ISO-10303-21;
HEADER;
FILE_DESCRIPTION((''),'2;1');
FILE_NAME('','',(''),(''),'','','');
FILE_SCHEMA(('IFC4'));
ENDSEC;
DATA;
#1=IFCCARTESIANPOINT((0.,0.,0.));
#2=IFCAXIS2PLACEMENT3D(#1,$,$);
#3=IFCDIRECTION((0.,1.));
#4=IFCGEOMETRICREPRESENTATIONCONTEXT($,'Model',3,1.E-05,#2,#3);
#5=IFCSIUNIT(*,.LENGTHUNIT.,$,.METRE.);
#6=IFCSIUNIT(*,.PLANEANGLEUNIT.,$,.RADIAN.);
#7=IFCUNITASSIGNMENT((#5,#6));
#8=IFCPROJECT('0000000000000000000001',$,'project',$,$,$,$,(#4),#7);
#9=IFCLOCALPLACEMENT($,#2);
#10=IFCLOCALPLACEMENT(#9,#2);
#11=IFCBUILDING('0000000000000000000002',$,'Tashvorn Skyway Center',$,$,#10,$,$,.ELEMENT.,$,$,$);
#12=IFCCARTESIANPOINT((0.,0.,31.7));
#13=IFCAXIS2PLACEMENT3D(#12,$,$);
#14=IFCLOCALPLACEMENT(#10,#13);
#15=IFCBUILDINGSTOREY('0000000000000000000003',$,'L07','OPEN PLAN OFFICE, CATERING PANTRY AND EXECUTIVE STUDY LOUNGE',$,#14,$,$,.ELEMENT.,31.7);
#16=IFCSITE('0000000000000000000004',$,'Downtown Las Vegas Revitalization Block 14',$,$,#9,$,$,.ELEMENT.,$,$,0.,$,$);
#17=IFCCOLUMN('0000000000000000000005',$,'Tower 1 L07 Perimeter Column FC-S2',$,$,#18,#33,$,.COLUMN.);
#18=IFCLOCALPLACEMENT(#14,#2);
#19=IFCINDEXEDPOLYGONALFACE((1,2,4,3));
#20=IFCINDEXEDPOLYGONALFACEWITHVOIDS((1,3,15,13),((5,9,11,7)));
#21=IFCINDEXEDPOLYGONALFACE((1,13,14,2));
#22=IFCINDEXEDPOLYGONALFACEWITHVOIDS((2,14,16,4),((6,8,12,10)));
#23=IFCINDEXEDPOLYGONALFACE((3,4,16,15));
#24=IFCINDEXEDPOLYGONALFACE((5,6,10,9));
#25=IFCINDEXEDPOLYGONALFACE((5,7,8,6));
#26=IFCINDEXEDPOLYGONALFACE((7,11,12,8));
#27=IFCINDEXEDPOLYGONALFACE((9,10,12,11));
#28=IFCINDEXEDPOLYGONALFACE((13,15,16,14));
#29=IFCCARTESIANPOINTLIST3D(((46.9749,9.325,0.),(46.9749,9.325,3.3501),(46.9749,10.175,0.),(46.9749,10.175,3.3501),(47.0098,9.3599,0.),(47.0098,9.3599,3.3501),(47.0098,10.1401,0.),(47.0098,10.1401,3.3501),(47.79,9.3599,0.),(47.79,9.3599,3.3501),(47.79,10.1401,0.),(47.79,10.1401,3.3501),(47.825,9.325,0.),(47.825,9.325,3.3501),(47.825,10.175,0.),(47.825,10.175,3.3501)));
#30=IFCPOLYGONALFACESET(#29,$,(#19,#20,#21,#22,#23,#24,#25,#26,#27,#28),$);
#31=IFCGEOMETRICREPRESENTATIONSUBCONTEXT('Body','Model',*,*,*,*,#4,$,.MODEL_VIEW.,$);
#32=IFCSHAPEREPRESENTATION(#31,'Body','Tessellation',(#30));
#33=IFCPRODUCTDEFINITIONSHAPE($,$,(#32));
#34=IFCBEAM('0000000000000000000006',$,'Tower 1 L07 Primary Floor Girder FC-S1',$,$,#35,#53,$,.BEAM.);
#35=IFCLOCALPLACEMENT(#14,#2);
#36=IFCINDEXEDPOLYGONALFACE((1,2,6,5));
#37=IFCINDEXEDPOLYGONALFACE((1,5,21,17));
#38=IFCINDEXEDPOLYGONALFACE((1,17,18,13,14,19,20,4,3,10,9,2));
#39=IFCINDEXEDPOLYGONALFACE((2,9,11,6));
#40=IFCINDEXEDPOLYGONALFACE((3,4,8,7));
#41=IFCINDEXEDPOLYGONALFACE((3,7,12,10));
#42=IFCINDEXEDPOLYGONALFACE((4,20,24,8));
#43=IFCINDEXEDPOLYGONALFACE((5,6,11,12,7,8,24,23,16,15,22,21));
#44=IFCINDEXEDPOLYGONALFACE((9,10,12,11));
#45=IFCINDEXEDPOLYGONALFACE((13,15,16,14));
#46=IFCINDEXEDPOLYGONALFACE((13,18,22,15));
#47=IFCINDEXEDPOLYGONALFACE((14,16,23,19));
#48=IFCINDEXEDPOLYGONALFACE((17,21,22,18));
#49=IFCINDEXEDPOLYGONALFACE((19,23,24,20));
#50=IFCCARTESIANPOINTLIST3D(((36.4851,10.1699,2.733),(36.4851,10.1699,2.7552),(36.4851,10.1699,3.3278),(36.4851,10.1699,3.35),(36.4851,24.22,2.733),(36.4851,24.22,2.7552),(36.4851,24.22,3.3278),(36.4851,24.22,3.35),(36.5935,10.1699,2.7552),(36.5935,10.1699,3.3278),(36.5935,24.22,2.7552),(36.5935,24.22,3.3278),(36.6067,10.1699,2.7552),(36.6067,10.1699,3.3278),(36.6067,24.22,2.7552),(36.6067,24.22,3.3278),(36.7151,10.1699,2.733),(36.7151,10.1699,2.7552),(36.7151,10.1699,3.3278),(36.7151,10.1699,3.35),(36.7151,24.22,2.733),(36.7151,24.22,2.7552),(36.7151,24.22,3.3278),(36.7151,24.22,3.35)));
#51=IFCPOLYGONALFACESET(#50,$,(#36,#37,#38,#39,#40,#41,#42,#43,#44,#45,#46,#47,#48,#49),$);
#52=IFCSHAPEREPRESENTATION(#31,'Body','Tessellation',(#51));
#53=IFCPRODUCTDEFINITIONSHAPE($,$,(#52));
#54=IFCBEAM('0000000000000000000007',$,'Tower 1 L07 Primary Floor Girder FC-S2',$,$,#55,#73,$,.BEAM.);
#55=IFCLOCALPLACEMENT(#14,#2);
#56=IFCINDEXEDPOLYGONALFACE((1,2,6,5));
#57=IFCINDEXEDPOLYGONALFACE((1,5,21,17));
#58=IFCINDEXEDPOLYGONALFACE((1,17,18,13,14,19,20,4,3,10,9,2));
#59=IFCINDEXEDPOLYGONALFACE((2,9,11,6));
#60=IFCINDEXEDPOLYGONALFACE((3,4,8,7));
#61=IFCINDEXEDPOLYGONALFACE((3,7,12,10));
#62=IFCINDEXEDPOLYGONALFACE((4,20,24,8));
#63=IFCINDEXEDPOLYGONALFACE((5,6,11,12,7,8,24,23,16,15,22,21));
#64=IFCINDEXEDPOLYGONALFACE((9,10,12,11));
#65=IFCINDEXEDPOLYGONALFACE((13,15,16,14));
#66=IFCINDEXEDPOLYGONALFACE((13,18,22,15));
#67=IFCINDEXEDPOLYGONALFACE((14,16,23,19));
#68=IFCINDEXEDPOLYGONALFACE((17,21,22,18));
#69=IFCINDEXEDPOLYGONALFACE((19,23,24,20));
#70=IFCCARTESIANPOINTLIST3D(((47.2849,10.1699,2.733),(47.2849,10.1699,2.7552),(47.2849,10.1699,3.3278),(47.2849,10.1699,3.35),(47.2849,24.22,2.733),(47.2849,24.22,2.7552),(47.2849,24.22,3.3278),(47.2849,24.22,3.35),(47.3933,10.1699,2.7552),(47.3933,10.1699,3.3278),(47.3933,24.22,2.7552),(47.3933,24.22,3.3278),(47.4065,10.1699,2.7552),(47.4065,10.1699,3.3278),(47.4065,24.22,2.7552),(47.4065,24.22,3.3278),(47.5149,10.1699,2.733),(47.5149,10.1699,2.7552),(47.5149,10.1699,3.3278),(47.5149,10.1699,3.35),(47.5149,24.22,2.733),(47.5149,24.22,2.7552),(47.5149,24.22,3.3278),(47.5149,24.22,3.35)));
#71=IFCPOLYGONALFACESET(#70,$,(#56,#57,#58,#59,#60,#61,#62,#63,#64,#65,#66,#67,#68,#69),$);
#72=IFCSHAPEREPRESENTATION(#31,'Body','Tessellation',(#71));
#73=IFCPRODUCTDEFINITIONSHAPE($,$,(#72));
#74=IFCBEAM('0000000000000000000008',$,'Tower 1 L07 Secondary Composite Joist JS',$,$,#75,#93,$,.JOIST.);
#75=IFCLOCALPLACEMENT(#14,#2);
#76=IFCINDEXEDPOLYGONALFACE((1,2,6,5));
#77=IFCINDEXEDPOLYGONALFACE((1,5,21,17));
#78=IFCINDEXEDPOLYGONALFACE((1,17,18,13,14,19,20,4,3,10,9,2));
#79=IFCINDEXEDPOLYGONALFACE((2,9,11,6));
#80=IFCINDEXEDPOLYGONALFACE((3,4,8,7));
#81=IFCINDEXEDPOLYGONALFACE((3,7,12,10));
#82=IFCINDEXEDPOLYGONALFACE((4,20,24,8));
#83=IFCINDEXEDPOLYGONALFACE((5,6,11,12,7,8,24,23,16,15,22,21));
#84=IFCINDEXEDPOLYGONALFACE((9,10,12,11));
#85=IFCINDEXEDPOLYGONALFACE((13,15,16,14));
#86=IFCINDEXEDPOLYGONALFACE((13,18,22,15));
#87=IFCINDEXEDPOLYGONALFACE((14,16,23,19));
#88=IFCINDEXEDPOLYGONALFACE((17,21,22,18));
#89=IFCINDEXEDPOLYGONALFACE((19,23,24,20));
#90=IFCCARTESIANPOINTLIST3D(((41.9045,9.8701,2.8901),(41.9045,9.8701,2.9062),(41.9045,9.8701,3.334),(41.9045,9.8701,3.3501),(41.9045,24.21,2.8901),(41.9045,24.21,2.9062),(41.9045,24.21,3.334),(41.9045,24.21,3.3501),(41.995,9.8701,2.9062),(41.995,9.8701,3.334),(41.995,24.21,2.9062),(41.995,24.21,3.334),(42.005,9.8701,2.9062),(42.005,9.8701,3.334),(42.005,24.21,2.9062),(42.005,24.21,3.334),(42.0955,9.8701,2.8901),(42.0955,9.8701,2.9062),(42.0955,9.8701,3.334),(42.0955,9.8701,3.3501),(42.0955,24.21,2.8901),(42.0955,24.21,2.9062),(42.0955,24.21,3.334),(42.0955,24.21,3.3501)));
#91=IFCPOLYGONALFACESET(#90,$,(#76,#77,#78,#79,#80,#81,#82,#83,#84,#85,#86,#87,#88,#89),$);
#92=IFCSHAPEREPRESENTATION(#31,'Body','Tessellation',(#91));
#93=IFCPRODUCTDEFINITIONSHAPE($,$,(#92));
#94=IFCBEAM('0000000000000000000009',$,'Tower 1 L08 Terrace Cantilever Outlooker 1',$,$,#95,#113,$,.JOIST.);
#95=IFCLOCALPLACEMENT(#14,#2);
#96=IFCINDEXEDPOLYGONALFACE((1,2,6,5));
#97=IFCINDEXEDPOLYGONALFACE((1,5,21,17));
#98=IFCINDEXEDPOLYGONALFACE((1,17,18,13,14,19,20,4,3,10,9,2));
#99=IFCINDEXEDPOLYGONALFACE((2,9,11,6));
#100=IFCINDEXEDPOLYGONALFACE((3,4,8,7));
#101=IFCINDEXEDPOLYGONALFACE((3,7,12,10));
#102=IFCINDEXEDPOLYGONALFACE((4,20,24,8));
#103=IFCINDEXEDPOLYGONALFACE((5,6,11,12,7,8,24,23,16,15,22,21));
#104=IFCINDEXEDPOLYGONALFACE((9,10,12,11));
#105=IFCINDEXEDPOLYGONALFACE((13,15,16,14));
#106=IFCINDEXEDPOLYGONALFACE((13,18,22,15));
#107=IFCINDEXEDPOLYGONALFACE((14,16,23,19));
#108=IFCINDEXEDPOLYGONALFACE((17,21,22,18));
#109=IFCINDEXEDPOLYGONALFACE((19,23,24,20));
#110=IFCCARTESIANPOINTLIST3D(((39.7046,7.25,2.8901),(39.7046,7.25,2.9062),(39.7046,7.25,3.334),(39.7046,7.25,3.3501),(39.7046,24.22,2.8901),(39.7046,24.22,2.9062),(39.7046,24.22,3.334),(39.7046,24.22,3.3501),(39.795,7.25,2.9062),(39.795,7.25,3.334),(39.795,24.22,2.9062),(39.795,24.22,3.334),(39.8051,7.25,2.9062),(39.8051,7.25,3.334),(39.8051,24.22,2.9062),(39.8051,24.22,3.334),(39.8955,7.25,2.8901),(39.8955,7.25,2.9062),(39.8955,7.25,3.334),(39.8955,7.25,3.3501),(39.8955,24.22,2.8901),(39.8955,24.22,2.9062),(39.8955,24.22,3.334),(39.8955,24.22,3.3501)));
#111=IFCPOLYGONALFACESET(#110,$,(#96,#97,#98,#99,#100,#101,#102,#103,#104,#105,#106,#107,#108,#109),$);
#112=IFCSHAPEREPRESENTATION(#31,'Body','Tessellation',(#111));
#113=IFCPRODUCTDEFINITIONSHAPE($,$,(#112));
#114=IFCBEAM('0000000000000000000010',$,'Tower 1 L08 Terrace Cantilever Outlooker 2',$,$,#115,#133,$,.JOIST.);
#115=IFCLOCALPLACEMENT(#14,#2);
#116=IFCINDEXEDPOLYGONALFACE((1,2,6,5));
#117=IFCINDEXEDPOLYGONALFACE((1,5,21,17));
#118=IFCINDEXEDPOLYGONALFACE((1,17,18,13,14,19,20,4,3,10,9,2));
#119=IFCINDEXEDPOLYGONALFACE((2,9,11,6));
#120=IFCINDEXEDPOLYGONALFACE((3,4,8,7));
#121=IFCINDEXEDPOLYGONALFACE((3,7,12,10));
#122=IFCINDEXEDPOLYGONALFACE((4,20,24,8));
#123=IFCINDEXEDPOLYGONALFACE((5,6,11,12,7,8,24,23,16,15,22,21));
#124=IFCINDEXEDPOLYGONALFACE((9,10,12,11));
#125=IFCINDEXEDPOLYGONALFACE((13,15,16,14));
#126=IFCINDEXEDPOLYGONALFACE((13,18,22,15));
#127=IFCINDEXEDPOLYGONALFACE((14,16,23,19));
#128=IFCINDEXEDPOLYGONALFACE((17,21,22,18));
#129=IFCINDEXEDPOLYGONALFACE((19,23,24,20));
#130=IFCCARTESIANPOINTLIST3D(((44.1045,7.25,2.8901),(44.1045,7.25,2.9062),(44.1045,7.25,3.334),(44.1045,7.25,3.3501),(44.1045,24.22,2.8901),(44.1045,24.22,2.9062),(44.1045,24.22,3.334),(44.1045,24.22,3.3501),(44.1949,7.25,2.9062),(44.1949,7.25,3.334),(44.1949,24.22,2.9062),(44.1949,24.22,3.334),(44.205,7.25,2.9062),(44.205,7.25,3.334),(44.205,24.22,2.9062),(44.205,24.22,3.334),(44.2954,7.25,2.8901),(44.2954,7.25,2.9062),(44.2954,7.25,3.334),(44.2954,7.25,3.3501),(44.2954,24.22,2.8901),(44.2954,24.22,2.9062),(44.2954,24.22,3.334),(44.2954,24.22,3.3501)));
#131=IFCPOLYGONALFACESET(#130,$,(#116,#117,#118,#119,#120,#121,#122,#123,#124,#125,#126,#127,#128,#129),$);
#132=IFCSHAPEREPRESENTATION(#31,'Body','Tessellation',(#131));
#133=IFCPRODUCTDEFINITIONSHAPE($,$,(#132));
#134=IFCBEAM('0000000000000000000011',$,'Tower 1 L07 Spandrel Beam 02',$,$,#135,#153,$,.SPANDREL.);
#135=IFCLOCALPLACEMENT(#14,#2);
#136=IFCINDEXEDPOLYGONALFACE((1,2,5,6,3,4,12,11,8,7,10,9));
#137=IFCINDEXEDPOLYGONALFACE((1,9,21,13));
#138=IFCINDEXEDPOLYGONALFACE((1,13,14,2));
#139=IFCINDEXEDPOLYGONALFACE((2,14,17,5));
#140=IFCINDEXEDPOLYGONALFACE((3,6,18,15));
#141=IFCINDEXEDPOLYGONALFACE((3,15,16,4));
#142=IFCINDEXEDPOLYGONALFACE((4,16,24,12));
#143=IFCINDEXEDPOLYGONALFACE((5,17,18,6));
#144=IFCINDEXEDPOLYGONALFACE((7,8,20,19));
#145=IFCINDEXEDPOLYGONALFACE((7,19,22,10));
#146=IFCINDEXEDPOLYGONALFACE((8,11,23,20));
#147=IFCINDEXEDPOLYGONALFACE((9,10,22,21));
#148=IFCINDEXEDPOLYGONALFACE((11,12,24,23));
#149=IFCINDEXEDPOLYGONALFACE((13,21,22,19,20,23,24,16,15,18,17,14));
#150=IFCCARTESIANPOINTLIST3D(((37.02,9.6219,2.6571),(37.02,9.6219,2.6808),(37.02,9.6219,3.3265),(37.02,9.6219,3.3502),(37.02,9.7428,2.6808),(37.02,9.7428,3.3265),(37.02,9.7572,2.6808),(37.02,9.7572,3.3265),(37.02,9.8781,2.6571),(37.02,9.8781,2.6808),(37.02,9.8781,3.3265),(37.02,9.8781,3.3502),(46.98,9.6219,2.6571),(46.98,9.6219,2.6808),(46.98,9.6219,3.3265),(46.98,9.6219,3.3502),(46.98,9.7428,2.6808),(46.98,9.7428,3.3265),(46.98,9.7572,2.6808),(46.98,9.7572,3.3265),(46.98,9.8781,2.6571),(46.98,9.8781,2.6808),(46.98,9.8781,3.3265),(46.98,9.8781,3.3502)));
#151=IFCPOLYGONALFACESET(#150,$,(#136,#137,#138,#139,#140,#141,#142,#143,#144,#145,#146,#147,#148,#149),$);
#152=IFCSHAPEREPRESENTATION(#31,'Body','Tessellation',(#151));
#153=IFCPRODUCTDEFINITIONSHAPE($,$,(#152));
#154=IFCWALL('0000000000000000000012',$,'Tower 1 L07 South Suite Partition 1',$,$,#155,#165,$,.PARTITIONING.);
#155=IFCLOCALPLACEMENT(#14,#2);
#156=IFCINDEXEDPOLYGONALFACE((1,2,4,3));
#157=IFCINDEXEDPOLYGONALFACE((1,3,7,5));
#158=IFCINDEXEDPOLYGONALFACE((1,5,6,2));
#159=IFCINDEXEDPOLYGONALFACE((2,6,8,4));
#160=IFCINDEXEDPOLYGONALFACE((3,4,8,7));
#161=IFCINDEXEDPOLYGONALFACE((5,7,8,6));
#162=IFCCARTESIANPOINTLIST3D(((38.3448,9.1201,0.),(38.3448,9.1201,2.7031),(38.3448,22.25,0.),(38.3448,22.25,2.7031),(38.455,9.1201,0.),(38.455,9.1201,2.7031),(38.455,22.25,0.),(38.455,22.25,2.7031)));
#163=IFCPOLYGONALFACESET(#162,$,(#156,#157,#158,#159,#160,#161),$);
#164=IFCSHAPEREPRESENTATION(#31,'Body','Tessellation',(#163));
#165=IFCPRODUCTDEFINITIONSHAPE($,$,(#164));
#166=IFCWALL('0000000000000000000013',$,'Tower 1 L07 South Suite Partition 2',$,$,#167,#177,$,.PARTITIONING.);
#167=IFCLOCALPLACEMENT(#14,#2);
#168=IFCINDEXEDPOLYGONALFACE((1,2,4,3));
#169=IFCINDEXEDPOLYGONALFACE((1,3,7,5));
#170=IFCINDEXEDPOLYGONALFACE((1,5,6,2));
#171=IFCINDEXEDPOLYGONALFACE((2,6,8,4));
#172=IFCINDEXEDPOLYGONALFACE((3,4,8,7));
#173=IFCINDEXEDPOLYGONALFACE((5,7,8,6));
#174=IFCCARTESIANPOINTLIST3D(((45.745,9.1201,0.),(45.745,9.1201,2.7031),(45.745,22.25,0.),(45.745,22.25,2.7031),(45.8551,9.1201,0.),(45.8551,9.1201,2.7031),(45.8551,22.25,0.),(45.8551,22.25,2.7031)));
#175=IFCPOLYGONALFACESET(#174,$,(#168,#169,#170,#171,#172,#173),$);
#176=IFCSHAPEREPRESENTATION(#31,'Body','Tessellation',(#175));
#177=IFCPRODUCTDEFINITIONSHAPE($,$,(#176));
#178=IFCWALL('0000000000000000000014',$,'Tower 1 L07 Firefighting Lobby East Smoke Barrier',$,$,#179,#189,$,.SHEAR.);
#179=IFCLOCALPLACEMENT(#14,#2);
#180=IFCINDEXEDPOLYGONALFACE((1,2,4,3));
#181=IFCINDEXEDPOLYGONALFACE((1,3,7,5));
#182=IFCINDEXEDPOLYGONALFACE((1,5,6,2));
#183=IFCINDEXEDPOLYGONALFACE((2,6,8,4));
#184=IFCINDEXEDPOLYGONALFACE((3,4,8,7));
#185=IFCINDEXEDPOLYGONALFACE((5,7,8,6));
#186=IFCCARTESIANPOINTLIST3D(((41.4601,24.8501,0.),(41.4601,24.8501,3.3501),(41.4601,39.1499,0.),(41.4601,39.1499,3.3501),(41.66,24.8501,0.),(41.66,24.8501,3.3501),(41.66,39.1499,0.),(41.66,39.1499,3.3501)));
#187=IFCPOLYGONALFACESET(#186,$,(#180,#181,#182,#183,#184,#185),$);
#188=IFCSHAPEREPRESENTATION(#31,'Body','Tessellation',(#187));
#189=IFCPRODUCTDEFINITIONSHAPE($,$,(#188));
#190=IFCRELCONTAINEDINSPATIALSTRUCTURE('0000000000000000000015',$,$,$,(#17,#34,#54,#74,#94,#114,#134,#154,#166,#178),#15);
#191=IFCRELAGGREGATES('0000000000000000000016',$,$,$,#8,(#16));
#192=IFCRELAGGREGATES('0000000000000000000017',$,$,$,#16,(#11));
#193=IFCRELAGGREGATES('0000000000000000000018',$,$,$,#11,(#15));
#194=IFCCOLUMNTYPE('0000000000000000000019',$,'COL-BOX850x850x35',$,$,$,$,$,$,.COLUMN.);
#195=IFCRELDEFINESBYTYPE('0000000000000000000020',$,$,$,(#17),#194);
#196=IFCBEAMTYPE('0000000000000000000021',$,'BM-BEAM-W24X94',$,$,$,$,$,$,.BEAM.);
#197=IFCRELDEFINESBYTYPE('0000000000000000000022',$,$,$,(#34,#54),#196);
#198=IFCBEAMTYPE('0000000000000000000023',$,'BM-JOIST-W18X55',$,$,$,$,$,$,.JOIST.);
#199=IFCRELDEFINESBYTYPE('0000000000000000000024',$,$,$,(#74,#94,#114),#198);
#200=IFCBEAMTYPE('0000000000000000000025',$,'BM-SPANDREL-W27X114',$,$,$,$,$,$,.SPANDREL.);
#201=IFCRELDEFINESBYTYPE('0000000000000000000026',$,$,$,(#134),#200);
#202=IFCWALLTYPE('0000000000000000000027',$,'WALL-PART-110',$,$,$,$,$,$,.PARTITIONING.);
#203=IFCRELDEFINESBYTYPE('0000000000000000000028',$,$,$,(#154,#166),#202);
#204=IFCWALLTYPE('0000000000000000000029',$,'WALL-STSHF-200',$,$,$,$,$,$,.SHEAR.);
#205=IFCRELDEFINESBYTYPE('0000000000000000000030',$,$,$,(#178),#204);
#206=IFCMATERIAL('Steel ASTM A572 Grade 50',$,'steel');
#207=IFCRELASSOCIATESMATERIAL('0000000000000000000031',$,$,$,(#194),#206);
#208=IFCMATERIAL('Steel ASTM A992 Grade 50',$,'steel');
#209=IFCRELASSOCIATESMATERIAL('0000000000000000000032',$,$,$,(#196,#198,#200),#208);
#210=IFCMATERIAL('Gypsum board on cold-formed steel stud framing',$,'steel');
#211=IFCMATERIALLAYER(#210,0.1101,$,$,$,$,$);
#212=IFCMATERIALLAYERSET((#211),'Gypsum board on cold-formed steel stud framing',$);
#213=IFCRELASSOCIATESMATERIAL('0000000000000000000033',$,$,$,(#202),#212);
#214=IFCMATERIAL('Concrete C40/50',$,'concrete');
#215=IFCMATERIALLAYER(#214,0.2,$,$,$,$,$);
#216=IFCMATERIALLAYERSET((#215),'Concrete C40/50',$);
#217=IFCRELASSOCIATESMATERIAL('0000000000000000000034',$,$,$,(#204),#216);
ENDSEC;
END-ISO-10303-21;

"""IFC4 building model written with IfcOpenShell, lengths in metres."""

from ifc_helpers import new_model, si_unit, direction, frame, frame_2d, origin, origin_2d, place, context, subcontext, project, spatial, rectangle, hollow_rectangle, i_section, extrude, material, layer, layer_set, material_profile, profile_set, type_object, element, save


model = new_model("IFC4")

# Units and contexts
model_context = context("Model", 3, precision=1e-05, world=origin(), true_north=direction((0.0, 1.0)))
body_context = subcontext(model_context, "Body", "Model", "MODEL_VIEW")
ifc_project = project(units=[si_unit("LENGTHUNIT", "METRE"), si_unit("PLANEANGLEUNIT", "RADIAN")], contexts=[model_context])

# Site, building, storey
site_placement = place(None, origin())
site = spatial("IfcSite", under=ifc_project, at=site_placement, Name="Downtown Las Vegas Revitalization Block 14", CompositionType="ELEMENT", RefElevation=0.0)
building_placement = place(site_placement, origin())
building = spatial("IfcBuilding", under=site, at=building_placement, Name="Tashvorn Skyway Center", CompositionType="ELEMENT")
storey_placement = place(building_placement, frame((0.0, 0.0, 31.7)))
storey = spatial("IfcBuildingStorey", under=building, at=storey_placement, Name="L07", Description="OPEN PLAN OFFICE, CATERING PANTRY AND EXECUTIVE STUDY LOUNGE", CompositionType="ELEMENT", Elevation=31.7)

# Column
ifc_material_1 = material(Name="Steel ASTM A572 Grade 50", Category="steel")
ifc_material_profile_1 = material_profile(ifc_material_1, hollow_rectangle(XDim=0.8501, YDim=0.8501, WallThickness=0.0349, at=origin_2d()), Name="BOX850x850x35")
ifc_profile_set_1 = profile_set([ifc_material_profile_1], Name="Steel ASTM A572 Grade 50")
column_type = type_object("IfcColumnType", Name="COL-BOX850x850x35", PredefinedType="COLUMN", material=ifc_profile_set_1)
column_placement = place(storey_placement, frame((47.3999, 9.75, 0.0), z_axis=(0.0, 0.0, 1.0), x_axis=(1.0, 0.0, 0.0)))
element("IfcColumn", 1, at=column_placement, inside=storey, type_object=column_type, Name="Tower 1 L07 Perimeter Column FC-S2", PredefinedType="COLUMN", context=body_context, shape_type="SweptSolid", body=[
    extrude(hollow_rectangle(XDim=0.8501, YDim=0.8501, WallThickness=0.0349, at=origin_2d()), origin(), (0.0, 0.0, 1.0), 3.3501),
])

# Beams
ifc_material_2 = material(Name="Steel ASTM A992 Grade 50", Category="steel")
ifc_material_profile_2 = material_profile(ifc_material_2, i_section(OverallWidth=0.23, OverallDepth=0.6169, WebThickness=0.0132, FlangeThickness=0.0222, at=origin_2d()), Name="W24X94")
ifc_profile_set_2 = profile_set([ifc_material_profile_2], Name="Steel ASTM A992 Grade 50")
beam_type_1 = type_object("IfcBeamType", Name="BM-BEAM-W24X94", PredefinedType="BEAM", material=ifc_profile_set_2)
for number, where, z_axis, x_axis, name in (
    (2, (36.6001, 10.1699, 3.0415), (0.0, 1.0, 0.0), (-1.0, 0.0, 0.0), "Tower 1 L07 Primary Floor Girder FC-S1"),
    (3, (47.3999, 10.1699, 3.0415), (0.0, 1.0, 0.0), (-1.0, 0.0, 0.0), "Tower 1 L07 Primary Floor Girder FC-S2"),
):
    element("IfcBeam", number, at=place(storey_placement, frame(where, z_axis=z_axis, x_axis=x_axis)), inside=storey, type_object=beam_type_1, Name=name, PredefinedType="BEAM", context=body_context, shape_type="SweptSolid", body=[
        extrude(i_section(OverallWidth=0.23, OverallDepth=0.6169, WebThickness=0.0132, FlangeThickness=0.0222, at=origin_2d()), origin(), (0.0, 0.0, 1.0), 14.05),
    ])
ifc_material_profile_3 = material_profile(ifc_material_2, i_section(OverallWidth=0.1909, OverallDepth=0.46, WebThickness=0.01, FlangeThickness=0.0161, at=origin_2d()), Name="W18X55")
ifc_profile_set_3 = profile_set([ifc_material_profile_3], Name="Steel ASTM A992 Grade 50")
beam_type_2 = type_object("IfcBeamType", Name="BM-JOIST-W18X55", PredefinedType="JOIST", material=ifc_profile_set_3)
beam_1_placement = place(storey_placement, frame((42.0, 24.21, 3.1201), z_axis=(0.0, -1.0, 0.0), x_axis=(1.0, 0.0, 0.0)))
element("IfcBeam", 4, at=beam_1_placement, inside=storey, type_object=beam_type_2, Name="Tower 1 L07 Secondary Composite Joist JS", PredefinedType="JOIST", context=body_context, shape_type="SweptSolid", body=[
    extrude(i_section(OverallWidth=0.1909, OverallDepth=0.46, WebThickness=0.01, FlangeThickness=0.0161, at=origin_2d()), origin(), (0.0, 0.0, 1.0), 14.3398),
])
for number, where, z_axis, x_axis, name in (
    (5, (39.8, 24.22, 3.1201), (0.0, -1.0, 0.0), (1.0, 0.0, 0.0), "Tower 1 L08 Terrace Cantilever Outlooker 1"),
    (6, (44.2, 24.22, 3.1201), (0.0, -1.0, 0.0), (1.0, 0.0, 0.0), "Tower 1 L08 Terrace Cantilever Outlooker 2"),
):
    element("IfcBeam", number, at=place(storey_placement, frame(where, z_axis=z_axis, x_axis=x_axis)), inside=storey, type_object=beam_type_2, Name=name, PredefinedType="JOIST", context=body_context, shape_type="SweptSolid", body=[
        extrude(i_section(OverallWidth=0.1909, OverallDepth=0.46, WebThickness=0.01, FlangeThickness=0.0161, at=origin_2d()), origin(), (0.0, 0.0, 1.0), 16.97),
    ])
ifc_material_profile_4 = material_profile(ifc_material_2, i_section(OverallWidth=0.2561, OverallDepth=0.6931, WebThickness=0.0144, FlangeThickness=0.0237, at=origin_2d()), Name="W27X114")
ifc_profile_set_4 = profile_set([ifc_material_profile_4], Name="Steel ASTM A992 Grade 50")
beam_type_3 = type_object("IfcBeamType", Name="BM-SPANDREL-W27X114", PredefinedType="SPANDREL", material=ifc_profile_set_4)
beam_2_placement = place(storey_placement, frame((37.02, 9.75, 3.0037), z_axis=(1.0, 0.0, 0.0), x_axis=(0.0, 1.0, 0.0)))
element("IfcBeam", 7, at=beam_2_placement, inside=storey, type_object=beam_type_3, Name="Tower 1 L07 Spandrel Beam 02", PredefinedType="SPANDREL", context=body_context, shape_type="SweptSolid", body=[
    extrude(i_section(OverallWidth=0.2561, OverallDepth=0.6931, WebThickness=0.0144, FlangeThickness=0.0237, at=origin_2d()), origin(), (0.0, 0.0, 1.0), 9.96),
])

# Walls
ifc_material_3 = material(Name="Gypsum board on cold-formed steel stud framing", Category="steel")
ifc_layer_1 = layer(ifc_material_3, 0.1101)
ifc_layer_set_1 = layer_set([ifc_layer_1], Name="Gypsum board on cold-formed steel stud framing")
wall_type_1 = type_object("IfcWallType", Name="WALL-PART-110", PredefinedType="PARTITIONING", material=ifc_layer_set_1)
for number, where, z_axis, x_axis, name in (
    (8, (38.3999, 9.1201, 0.0), (0.0, 0.0, 1.0), (0.0, 1.0, 0.0), "Tower 1 L07 South Suite Partition 1"),
    (9, (45.8, 9.1201, 0.0), (0.0, 0.0, 1.0), (0.0, 1.0, 0.0), "Tower 1 L07 South Suite Partition 2"),
):
    element("IfcWall", number, at=place(storey_placement, frame(where, z_axis=z_axis, x_axis=x_axis)), inside=storey, type_object=wall_type_1, Name=name, PredefinedType="PARTITIONING", context=body_context, shape_type="SweptSolid", body=[
        extrude(rectangle(XDim=13.1299, YDim=0.1101, at=frame_2d((6.5649, 0.0))), origin(), (0.0, 0.0, 1.0), 2.7031),
    ])
ifc_material_4 = material(Name="Concrete C40/50", Category="concrete")
ifc_layer_2 = layer(ifc_material_4, 0.2)
ifc_layer_set_2 = layer_set([ifc_layer_2], Name="Concrete C40/50")
wall_type_2 = type_object("IfcWallType", Name="WALL-STSHF-200", PredefinedType="SHEAR", material=ifc_layer_set_2)
wall_1_placement = place(storey_placement, frame((41.5601, 24.8501, 0.0), z_axis=(0.0, 0.0, 1.0), x_axis=(0.0, 1.0, 0.0)))
element("IfcWall", 10, at=wall_1_placement, inside=storey, type_object=wall_type_2, Name="Tower 1 L07 Firefighting Lobby East Smoke Barrier", PredefinedType="SHEAR", context=body_context, shape_type="SweptSolid", body=[
    extrude(rectangle(XDim=14.2998, YDim=0.2, at=frame_2d((7.1499, 0.0))), origin(), (0.0, 0.0, 1.0), 3.3501),
])

save(model, "model.ifc")
